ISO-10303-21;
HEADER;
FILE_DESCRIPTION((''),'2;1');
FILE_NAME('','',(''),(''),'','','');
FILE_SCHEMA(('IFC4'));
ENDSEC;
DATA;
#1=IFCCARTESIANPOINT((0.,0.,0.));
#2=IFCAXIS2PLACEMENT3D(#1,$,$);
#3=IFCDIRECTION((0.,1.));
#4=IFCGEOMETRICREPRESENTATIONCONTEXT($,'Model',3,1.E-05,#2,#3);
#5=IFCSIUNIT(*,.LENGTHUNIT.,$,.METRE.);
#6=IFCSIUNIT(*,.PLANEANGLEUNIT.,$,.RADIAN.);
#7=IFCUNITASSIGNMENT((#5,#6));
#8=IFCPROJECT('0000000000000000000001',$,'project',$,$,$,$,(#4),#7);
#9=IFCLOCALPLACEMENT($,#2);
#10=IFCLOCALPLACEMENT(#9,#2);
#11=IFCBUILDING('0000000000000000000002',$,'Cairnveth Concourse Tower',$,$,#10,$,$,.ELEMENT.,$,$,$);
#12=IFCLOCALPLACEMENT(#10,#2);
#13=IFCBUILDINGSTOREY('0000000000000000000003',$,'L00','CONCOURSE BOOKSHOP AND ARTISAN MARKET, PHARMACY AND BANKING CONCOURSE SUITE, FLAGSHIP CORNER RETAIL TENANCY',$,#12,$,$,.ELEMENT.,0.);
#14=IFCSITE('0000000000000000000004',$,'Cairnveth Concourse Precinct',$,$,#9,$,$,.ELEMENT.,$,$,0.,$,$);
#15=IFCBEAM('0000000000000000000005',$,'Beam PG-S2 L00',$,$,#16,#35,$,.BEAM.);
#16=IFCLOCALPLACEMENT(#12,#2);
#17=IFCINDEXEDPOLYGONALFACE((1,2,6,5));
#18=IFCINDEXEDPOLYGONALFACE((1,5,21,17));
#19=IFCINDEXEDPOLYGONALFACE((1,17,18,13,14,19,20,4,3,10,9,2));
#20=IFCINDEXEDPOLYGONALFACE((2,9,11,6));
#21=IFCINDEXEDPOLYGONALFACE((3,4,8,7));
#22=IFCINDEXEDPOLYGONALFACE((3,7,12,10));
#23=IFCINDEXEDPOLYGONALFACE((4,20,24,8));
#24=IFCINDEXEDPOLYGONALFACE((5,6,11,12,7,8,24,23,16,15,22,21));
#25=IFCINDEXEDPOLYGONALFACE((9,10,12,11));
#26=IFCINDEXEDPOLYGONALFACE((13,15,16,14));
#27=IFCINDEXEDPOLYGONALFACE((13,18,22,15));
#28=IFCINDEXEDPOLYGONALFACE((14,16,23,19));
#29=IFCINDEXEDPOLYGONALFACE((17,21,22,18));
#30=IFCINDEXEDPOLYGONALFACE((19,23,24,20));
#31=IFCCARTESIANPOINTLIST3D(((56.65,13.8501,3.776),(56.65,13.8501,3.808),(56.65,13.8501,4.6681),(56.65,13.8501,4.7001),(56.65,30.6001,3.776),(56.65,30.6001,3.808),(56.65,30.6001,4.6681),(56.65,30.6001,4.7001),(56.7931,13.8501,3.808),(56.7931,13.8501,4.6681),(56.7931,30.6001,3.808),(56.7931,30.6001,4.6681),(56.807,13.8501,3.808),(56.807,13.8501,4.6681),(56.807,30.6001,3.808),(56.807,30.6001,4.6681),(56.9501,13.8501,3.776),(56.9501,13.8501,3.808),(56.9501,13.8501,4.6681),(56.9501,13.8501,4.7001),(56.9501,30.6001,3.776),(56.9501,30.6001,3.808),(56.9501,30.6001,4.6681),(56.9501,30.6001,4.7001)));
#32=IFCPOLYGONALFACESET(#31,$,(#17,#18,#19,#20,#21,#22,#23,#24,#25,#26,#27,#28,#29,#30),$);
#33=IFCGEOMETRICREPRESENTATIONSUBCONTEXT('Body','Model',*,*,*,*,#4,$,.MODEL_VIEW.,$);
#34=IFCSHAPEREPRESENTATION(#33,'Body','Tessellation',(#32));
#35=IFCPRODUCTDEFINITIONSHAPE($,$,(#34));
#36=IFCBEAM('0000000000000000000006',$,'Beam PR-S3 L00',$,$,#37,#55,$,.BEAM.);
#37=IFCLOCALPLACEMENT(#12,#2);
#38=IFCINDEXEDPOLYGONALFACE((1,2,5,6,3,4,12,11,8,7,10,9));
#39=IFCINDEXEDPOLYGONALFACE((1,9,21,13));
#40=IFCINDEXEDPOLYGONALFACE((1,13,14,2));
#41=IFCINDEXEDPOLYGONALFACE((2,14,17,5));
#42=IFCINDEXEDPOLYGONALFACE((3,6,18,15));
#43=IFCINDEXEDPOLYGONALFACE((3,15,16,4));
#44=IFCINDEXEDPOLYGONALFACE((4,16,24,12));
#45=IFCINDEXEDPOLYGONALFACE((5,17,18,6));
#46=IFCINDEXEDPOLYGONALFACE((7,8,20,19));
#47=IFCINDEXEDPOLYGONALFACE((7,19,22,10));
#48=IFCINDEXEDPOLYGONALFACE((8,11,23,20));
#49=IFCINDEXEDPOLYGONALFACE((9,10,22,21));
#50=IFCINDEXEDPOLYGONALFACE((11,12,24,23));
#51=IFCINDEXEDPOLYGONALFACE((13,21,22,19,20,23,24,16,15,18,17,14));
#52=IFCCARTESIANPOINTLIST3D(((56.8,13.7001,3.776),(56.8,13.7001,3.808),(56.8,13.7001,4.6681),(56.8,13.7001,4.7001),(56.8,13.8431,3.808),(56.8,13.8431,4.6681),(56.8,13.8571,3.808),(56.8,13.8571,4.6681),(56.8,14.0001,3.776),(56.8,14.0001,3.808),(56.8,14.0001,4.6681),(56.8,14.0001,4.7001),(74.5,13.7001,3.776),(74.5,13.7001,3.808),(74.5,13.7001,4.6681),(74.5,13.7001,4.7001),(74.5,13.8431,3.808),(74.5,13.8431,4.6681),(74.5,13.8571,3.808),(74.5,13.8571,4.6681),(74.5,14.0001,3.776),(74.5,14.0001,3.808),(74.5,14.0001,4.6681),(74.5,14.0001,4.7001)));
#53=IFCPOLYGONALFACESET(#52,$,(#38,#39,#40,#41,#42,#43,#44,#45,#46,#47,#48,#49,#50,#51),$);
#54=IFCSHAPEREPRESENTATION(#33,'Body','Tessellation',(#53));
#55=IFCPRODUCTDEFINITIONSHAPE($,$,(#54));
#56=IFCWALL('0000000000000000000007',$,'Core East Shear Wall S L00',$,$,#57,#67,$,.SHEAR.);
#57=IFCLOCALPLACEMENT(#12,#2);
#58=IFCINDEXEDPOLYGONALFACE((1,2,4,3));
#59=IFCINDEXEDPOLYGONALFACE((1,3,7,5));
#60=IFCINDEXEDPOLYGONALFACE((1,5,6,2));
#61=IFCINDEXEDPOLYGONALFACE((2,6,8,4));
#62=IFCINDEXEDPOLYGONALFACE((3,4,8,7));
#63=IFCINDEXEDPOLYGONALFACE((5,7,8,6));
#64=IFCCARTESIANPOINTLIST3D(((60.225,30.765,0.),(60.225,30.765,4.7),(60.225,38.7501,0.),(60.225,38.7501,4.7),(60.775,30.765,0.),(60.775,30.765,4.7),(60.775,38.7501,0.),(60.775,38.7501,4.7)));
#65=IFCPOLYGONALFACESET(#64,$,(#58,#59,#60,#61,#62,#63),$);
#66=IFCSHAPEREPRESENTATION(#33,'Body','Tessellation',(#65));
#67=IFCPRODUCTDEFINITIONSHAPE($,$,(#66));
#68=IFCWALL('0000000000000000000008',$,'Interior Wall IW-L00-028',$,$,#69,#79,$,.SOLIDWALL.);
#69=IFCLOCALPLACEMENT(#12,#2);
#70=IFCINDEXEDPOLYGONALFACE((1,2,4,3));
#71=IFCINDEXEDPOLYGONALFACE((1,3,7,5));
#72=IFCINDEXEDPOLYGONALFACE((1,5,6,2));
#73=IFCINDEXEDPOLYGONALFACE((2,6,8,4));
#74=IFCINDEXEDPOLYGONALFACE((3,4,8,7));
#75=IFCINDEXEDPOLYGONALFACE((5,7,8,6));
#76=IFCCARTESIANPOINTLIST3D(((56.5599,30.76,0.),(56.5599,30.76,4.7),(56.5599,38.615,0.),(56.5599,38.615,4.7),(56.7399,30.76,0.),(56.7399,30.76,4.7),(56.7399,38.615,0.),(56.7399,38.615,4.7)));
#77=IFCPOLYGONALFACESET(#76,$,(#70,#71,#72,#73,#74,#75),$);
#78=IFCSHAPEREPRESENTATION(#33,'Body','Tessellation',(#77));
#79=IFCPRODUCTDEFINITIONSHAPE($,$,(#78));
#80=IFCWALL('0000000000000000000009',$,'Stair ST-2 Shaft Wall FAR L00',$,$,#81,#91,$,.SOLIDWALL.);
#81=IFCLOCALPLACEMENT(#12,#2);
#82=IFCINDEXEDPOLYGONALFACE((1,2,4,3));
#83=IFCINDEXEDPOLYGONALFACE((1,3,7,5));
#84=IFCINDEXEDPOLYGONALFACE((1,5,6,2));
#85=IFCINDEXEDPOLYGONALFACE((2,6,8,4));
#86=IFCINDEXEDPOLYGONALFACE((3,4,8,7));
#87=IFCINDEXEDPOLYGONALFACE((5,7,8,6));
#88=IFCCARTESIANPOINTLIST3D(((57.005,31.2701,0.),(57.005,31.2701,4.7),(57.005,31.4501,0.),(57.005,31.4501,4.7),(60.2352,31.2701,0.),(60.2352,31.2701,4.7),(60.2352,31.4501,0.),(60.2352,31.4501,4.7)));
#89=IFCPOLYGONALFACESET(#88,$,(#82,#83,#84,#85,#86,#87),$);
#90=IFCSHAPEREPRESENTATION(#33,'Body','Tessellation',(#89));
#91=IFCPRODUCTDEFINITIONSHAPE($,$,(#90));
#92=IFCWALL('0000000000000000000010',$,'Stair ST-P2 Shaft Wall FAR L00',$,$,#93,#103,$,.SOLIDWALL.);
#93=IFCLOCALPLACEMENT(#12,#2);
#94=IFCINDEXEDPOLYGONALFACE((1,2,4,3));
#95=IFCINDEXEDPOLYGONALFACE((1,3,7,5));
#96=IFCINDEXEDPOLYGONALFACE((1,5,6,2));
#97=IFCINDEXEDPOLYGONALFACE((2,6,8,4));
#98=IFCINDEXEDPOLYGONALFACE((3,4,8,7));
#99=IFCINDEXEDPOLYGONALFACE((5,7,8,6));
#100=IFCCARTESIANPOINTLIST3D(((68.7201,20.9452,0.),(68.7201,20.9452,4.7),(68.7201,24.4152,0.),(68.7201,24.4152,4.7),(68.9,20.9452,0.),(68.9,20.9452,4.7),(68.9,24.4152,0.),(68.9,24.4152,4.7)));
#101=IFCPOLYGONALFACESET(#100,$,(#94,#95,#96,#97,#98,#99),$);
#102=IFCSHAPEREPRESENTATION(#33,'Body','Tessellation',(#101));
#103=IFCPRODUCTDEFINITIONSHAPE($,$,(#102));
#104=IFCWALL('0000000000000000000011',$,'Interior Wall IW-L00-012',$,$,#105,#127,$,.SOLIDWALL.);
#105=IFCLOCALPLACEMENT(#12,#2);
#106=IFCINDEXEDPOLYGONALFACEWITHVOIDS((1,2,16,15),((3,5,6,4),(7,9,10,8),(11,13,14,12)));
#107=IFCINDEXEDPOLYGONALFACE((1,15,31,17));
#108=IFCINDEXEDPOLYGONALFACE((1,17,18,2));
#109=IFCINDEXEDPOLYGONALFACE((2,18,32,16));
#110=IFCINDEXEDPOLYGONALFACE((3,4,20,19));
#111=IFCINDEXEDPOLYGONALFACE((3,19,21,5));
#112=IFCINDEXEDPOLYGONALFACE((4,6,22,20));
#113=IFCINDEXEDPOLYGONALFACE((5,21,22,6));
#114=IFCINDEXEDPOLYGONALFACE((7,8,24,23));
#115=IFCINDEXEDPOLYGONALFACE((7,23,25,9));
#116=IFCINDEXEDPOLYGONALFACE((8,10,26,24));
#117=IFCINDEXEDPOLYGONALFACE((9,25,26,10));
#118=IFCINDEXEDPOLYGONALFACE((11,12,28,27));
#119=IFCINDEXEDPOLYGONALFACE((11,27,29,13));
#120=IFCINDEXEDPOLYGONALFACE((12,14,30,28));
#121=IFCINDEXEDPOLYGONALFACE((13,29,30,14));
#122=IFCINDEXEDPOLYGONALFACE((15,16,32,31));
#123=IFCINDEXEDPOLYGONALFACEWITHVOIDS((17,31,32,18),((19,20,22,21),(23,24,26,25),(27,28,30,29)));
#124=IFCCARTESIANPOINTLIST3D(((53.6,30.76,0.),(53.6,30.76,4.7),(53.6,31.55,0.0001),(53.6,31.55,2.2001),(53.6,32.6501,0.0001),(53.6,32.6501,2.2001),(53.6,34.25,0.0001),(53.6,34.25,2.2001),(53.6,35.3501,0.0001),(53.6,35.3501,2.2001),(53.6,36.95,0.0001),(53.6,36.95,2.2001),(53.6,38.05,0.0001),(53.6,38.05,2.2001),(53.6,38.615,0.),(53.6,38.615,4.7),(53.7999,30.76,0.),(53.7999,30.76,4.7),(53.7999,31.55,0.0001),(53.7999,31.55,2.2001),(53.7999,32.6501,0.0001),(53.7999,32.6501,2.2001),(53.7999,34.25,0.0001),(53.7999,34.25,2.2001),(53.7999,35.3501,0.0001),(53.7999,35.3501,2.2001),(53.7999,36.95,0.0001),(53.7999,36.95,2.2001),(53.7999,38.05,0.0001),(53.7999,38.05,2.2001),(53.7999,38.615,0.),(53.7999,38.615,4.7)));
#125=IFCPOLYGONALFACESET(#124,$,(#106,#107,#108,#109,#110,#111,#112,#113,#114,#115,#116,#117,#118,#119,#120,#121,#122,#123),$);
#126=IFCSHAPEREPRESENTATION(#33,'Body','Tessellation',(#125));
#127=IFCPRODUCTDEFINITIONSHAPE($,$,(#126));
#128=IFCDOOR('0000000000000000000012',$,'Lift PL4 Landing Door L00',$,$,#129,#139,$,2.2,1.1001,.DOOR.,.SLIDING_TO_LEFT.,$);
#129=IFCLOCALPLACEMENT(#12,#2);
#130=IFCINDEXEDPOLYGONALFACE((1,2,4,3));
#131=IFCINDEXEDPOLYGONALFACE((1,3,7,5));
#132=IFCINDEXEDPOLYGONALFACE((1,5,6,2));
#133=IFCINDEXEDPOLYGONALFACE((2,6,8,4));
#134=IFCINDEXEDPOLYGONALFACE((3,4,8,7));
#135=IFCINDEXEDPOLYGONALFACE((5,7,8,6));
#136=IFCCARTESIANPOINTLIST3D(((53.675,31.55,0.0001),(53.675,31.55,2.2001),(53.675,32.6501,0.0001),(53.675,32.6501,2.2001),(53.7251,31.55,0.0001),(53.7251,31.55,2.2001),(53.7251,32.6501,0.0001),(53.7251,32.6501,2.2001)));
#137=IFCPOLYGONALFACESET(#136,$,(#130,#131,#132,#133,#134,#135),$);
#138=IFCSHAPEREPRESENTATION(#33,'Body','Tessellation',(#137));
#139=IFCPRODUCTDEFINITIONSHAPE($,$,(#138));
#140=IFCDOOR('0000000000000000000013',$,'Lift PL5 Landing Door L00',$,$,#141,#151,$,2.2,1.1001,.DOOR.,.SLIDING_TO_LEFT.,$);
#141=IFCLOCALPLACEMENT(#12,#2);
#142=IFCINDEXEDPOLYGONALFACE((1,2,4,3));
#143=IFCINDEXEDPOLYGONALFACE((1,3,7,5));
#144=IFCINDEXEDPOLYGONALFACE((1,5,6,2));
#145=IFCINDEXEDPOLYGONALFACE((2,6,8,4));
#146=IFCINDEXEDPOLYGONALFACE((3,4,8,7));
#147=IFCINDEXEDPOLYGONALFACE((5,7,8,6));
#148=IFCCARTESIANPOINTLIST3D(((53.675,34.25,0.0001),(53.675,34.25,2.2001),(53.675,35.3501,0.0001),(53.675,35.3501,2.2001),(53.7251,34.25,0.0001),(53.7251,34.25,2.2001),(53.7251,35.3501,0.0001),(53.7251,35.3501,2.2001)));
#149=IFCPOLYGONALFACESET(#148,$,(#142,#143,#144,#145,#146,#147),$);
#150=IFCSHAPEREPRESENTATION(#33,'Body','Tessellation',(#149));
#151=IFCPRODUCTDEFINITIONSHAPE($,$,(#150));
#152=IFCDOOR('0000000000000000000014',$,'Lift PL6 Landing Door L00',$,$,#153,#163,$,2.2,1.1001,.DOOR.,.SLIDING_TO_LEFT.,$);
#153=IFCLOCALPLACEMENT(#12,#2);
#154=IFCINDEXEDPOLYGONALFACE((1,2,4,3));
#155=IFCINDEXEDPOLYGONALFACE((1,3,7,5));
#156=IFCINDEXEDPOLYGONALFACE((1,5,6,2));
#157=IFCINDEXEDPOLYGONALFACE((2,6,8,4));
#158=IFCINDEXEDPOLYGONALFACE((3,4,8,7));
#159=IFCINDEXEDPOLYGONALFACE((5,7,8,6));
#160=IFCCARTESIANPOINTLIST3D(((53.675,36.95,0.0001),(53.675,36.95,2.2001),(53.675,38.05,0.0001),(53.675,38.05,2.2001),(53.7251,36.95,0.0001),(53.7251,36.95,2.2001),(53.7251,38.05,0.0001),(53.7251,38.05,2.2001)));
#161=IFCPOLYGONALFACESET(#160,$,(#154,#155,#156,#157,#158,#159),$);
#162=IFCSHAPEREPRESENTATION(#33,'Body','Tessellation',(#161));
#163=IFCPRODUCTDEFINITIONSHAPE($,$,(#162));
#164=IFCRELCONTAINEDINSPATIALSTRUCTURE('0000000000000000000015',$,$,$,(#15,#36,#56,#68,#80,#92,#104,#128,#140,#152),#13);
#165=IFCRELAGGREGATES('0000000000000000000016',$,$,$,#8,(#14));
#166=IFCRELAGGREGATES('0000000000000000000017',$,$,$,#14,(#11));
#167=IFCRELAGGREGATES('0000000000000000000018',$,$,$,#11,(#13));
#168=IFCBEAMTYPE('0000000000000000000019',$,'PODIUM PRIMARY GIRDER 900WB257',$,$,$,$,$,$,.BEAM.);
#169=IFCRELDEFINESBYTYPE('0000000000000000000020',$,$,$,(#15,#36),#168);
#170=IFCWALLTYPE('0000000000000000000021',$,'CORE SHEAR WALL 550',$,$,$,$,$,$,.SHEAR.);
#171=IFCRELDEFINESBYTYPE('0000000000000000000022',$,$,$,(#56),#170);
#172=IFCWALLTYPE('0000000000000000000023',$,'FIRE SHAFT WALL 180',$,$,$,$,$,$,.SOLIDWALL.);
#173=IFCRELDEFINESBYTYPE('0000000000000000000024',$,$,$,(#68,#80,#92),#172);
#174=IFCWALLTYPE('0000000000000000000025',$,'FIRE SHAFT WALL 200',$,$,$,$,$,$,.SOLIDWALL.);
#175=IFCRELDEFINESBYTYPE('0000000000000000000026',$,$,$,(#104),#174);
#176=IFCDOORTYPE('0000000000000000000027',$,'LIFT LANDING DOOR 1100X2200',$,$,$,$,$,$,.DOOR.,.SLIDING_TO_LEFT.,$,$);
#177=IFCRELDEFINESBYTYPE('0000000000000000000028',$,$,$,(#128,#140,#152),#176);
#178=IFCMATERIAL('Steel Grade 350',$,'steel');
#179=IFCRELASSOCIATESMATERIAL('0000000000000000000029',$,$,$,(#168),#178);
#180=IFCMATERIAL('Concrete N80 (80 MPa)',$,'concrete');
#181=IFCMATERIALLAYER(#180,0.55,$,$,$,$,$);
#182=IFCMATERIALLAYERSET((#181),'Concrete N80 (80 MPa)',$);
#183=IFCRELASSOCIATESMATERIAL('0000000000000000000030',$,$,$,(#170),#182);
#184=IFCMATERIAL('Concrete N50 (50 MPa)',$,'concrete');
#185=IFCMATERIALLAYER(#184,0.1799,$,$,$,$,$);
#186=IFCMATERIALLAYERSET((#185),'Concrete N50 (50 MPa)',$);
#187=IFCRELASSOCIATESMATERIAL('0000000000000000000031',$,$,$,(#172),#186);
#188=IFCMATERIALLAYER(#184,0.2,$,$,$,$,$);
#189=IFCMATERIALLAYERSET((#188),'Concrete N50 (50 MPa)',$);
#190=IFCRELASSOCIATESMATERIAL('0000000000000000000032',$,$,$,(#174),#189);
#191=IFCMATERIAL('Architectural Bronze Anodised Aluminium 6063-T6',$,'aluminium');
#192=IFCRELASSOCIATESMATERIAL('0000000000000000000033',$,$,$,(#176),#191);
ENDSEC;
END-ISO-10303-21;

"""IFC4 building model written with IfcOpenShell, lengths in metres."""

from ifc_helpers import new_model, si_unit, direction, frame, frame_2d, origin, origin_2d, place, context, subcontext, project, spatial, rectangle, i_section, extrude, material, layer, layer_set, material_profile, profile_set, type_object, element, fill, save


model = new_model("IFC4")

# Units and contexts
model_context = context("Model", 3, precision=1e-05, world=origin(), true_north=direction((0.0, 1.0)))
body_context = subcontext(model_context, "Body", "Model", "MODEL_VIEW")
ifc_project = project(units=[si_unit("LENGTHUNIT", "METRE"), si_unit("PLANEANGLEUNIT", "RADIAN")], contexts=[model_context])

# Site, building, storey
site_placement = place(None, origin())
site = spatial("IfcSite", under=ifc_project, at=site_placement, Name="Cairnveth Concourse Precinct", CompositionType="ELEMENT", RefElevation=0.0)
building_placement = place(site_placement, origin())
building = spatial("IfcBuilding", under=site, at=building_placement, Name="Cairnveth Concourse Tower", CompositionType="ELEMENT")
storey_placement = place(building_placement, origin())
storey = spatial("IfcBuildingStorey", under=building, at=storey_placement, Name="L00", Description="CONCOURSE BOOKSHOP AND ARTISAN MARKET, PHARMACY AND BANKING CONCOURSE SUITE, FLAGSHIP CORNER RETAIL TENANCY", CompositionType="ELEMENT", Elevation=0.0)

# Shared definitions
ifc_material_1 = material(Name="Concrete N80 (80 MPa)", Category="concrete")

# Shared definitions
ifc_material_2 = material(Name="Architectural Bronze Anodised Aluminium 6063-T6", Category="aluminium")

# Beams
ifc_material_3 = material(Name="Steel Grade 350", Category="steel")
ifc_material_profile_1 = material_profile(ifc_material_3, i_section(OverallWidth=0.3, OverallDepth=0.9241, WebThickness=0.0139, FlangeThickness=0.032, at=origin_2d()), Name="900WB257")
ifc_profile_set_1 = profile_set([ifc_material_profile_1], Name="Steel Grade 350")
beam_type_1 = type_object("IfcBeamType", Name="PODIUM PRIMARY GIRDER 900WB257", PredefinedType="BEAM", material=ifc_profile_set_1)
beam_1_placement = place(storey_placement, frame((56.8, 13.8501, 4.238), z_axis=(0.0, 1.0, 0.0), x_axis=(-1.0, 0.0, 0.0)))
element("IfcBeam", 1, at=beam_1_placement, inside=storey, type_object=beam_type_1, Name="Beam PG-S2 L00", PredefinedType="BEAM", context=body_context, shape_type="SweptSolid", body=[
    extrude(i_section(OverallWidth=0.3, OverallDepth=0.9241, WebThickness=0.0139, FlangeThickness=0.032, at=origin_2d()), origin(), (0.0, 0.0, 1.0), 16.75),
])
beam_2_placement = place(storey_placement, frame((56.8, 13.8501, 4.238), z_axis=(1.0, 0.0, 0.0), x_axis=(0.0, 1.0, 0.0)))
element("IfcBeam", 2, at=beam_2_placement, inside=storey, type_object=beam_type_1, Name="Beam PR-S3 L00", PredefinedType="BEAM", context=body_context, shape_type="SweptSolid", body=[
    extrude(i_section(OverallWidth=0.3, OverallDepth=0.9241, WebThickness=0.0139, FlangeThickness=0.032, at=origin_2d()), origin(), (0.0, 0.0, 1.0), 17.7),
])

# Walls
ifc_layer_1 = layer(ifc_material_1, 0.55)
ifc_layer_set_1 = layer_set([ifc_layer_1], Name="Concrete N80 (80 MPa)")
wall_type_1 = type_object("IfcWallType", Name="CORE SHEAR WALL 550", PredefinedType="SHEAR", material=ifc_layer_set_1)
wall_1_placement = place(storey_placement, frame((60.5, 30.7649, 0.0), z_axis=(0.0, 0.0, 1.0), x_axis=(0.0, 1.0, 0.0)))
element("IfcWall", 3, at=wall_1_placement, inside=storey, type_object=wall_type_1, Name="Core East Shear Wall S L00", PredefinedType="SHEAR", context=body_context, shape_type="SweptSolid", body=[
    extrude(rectangle(XDim=7.9851, YDim=0.55, at=frame_2d((3.9927, 0.0))), origin(), (0.0, 0.0, 1.0), 4.7),
])
ifc_material_4 = material(Name="Concrete N50 (50 MPa)", Category="concrete")
ifc_layer_2 = layer(ifc_material_4, 0.1799)
ifc_layer_set_2 = layer_set([ifc_layer_2], Name="Concrete N50 (50 MPa)")
wall_type_2 = type_object("IfcWallType", Name="FIRE SHAFT WALL 180", PredefinedType="SOLIDWALL", material=ifc_layer_set_2)
wall_2_placement = place(storey_placement, frame((56.6499, 30.76, 0.0), z_axis=(0.0, 0.0, 1.0), x_axis=(0.0, 1.0, 0.0)))
element("IfcWall", 4, at=wall_2_placement, inside=storey, type_object=wall_type_2, Name="Interior Wall IW-L00-028", PredefinedType="SOLIDWALL", context=body_context, shape_type="SweptSolid", body=[
    extrude(rectangle(XDim=7.855, YDim=0.1799, at=frame_2d((3.9275, 0.0))), origin(), (0.0, 0.0, 1.0), 4.7),
])
wall_3_placement = place(storey_placement, frame((57.0049, 31.3601, 0.0), z_axis=(0.0, 0.0, 1.0), x_axis=(1.0, 0.0, 0.0)))
element("IfcWall", 5, at=wall_3_placement, inside=storey, type_object=wall_type_2, Name="Stair ST-2 Shaft Wall FAR L00", PredefinedType="SOLIDWALL", context=body_context, shape_type="SweptSolid", body=[
    extrude(rectangle(XDim=3.2302, YDim=0.1799, at=frame_2d((1.6152, 0.0))), origin(), (0.0, 0.0, 1.0), 4.7),
])
wall_4_placement = place(storey_placement, frame((68.8101, 24.415, 0.0), z_axis=(0.0, 0.0, 1.0), x_axis=(0.0, -1.0, 0.0)))
element("IfcWall", 6, at=wall_4_placement, inside=storey, type_object=wall_type_2, Name="Stair ST-P2 Shaft Wall FAR L00", PredefinedType="SOLIDWALL", context=body_context, shape_type="SweptSolid", body=[
    extrude(rectangle(XDim=3.47, YDim=0.1799, at=frame_2d((1.7349, 0.0))), origin(), (0.0, 0.0, 1.0), 4.7),
])

# Wall, openings, doors
ifc_layer_3 = layer(ifc_material_4, 0.2)
ifc_layer_set_3 = layer_set([ifc_layer_3], Name="Concrete N50 (50 MPa)")
wall_type_3 = type_object("IfcWallType", Name="FIRE SHAFT WALL 200", PredefinedType="SOLIDWALL", material=ifc_layer_set_3)
wall_5_placement = place(storey_placement, frame((53.7, 30.76, 0.0), z_axis=(0.0, 0.0, 1.0), x_axis=(0.0, 1.0, 0.0)))
wall_5 = element("IfcWall", 7, at=wall_5_placement, inside=storey, type_object=wall_type_3, Name="Interior Wall IW-L00-012", PredefinedType="SOLIDWALL", context=body_context, shape_type="SweptSolid", body=[
    extrude(rectangle(XDim=7.855, YDim=0.2, at=frame_2d((3.9275, 0.0))), origin(), (0.0, 0.0, 1.0), 4.7),
])
opening_1_placement = place(wall_5_placement, frame((0.79, 0.0, 0.0)))
opening_1 = element("IfcOpeningElement", 8, at=opening_1_placement, cuts=wall_5, PredefinedType="OPENING", context=body_context, shape_type="SweptSolid", body=[
    extrude(rectangle(XDim=1.1001, YDim=2.2, at=frame_2d((0.55, 1.1001))), frame((0.0, 0.1099, 0.0), z_axis=(0.0, -1.0, 0.0), x_axis=(1.0, 0.0, 0.0)), (0.0, 0.0, 1.0), 0.22),
])
opening_2_placement = place(wall_5_placement, frame((3.49, 0.0, 0.0)))
opening_2 = element("IfcOpeningElement", 9, at=opening_2_placement, cuts=wall_5, PredefinedType="OPENING", context=body_context, shape_type="SweptSolid", body=[
    extrude(rectangle(XDim=1.1001, YDim=2.2, at=frame_2d((0.55, 1.1001))), frame((0.0, 0.1099, 0.0), z_axis=(0.0, -1.0, 0.0), x_axis=(1.0, 0.0, 0.0)), (0.0, 0.0, 1.0), 0.22),
])
opening_3_placement = place(wall_5_placement, frame((6.1899, 0.0, 0.0)))
opening_3 = element("IfcOpeningElement", 10, at=opening_3_placement, cuts=wall_5, PredefinedType="OPENING", context=body_context, shape_type="SweptSolid", body=[
    extrude(rectangle(XDim=1.1001, YDim=2.2, at=frame_2d((0.55, 1.1001))), frame((0.0, 0.1099, 0.0), z_axis=(0.0, -1.0, 0.0), x_axis=(1.0, 0.0, 0.0)), (0.0, 0.0, 1.0), 0.22),
])
door_type_1 = type_object("IfcDoorType", Name="LIFT LANDING DOOR 1100X2200", OperationType="SLIDING_TO_LEFT", PredefinedType="DOOR", material=ifc_material_2)
door_1_placement = place(opening_1_placement, origin())
door_1 = element("IfcDoor", 11, at=door_1_placement, inside=storey, type_object=door_type_1, Name="Lift PL4 Landing Door L00", OperationType="SLIDING_TO_LEFT", OverallHeight=2.2, OverallWidth=1.1001, PredefinedType="DOOR", context=body_context, shape_type="SweptSolid", body=[
    extrude(rectangle(XDim=1.1001, YDim=2.2, at=frame_2d((0.55, 1.1001))), frame((0.0, 0.0249, 0.0), z_axis=(0.0, -1.0, 0.0), x_axis=(1.0, 0.0, 0.0)), (0.0, 0.0, 1.0), 0.05),
])
fill(opening_1, door_1)
door_2_placement = place(opening_2_placement, origin())
door_2 = element("IfcDoor", 12, at=door_2_placement, inside=storey, type_object=door_type_1, Name="Lift PL5 Landing Door L00", OperationType="SLIDING_TO_LEFT", OverallHeight=2.2, OverallWidth=1.1001, PredefinedType="DOOR", context=body_context, shape_type="SweptSolid", body=[
    extrude(rectangle(XDim=1.1001, YDim=2.2, at=frame_2d((0.55, 1.1001))), frame((0.0, 0.0249, 0.0), z_axis=(0.0, -1.0, 0.0), x_axis=(1.0, 0.0, 0.0)), (0.0, 0.0, 1.0), 0.05),
])
fill(opening_2, door_2)
door_3_placement = place(opening_3_placement, origin())
door_3 = element("IfcDoor", 13, at=door_3_placement, inside=storey, type_object=door_type_1, Name="Lift PL6 Landing Door L00", OperationType="SLIDING_TO_LEFT", OverallHeight=2.2, OverallWidth=1.1001, PredefinedType="DOOR", context=body_context, shape_type="SweptSolid", body=[
    extrude(rectangle(XDim=1.1001, YDim=2.2, at=frame_2d((0.55, 1.1001))), frame((0.0, 0.0249, 0.0), z_axis=(0.0, -1.0, 0.0), x_axis=(1.0, 0.0, 0.0)), (0.0, 0.0, 1.0), 0.05),
])
fill(opening_3, door_3)

save(model, "model.ifc")
